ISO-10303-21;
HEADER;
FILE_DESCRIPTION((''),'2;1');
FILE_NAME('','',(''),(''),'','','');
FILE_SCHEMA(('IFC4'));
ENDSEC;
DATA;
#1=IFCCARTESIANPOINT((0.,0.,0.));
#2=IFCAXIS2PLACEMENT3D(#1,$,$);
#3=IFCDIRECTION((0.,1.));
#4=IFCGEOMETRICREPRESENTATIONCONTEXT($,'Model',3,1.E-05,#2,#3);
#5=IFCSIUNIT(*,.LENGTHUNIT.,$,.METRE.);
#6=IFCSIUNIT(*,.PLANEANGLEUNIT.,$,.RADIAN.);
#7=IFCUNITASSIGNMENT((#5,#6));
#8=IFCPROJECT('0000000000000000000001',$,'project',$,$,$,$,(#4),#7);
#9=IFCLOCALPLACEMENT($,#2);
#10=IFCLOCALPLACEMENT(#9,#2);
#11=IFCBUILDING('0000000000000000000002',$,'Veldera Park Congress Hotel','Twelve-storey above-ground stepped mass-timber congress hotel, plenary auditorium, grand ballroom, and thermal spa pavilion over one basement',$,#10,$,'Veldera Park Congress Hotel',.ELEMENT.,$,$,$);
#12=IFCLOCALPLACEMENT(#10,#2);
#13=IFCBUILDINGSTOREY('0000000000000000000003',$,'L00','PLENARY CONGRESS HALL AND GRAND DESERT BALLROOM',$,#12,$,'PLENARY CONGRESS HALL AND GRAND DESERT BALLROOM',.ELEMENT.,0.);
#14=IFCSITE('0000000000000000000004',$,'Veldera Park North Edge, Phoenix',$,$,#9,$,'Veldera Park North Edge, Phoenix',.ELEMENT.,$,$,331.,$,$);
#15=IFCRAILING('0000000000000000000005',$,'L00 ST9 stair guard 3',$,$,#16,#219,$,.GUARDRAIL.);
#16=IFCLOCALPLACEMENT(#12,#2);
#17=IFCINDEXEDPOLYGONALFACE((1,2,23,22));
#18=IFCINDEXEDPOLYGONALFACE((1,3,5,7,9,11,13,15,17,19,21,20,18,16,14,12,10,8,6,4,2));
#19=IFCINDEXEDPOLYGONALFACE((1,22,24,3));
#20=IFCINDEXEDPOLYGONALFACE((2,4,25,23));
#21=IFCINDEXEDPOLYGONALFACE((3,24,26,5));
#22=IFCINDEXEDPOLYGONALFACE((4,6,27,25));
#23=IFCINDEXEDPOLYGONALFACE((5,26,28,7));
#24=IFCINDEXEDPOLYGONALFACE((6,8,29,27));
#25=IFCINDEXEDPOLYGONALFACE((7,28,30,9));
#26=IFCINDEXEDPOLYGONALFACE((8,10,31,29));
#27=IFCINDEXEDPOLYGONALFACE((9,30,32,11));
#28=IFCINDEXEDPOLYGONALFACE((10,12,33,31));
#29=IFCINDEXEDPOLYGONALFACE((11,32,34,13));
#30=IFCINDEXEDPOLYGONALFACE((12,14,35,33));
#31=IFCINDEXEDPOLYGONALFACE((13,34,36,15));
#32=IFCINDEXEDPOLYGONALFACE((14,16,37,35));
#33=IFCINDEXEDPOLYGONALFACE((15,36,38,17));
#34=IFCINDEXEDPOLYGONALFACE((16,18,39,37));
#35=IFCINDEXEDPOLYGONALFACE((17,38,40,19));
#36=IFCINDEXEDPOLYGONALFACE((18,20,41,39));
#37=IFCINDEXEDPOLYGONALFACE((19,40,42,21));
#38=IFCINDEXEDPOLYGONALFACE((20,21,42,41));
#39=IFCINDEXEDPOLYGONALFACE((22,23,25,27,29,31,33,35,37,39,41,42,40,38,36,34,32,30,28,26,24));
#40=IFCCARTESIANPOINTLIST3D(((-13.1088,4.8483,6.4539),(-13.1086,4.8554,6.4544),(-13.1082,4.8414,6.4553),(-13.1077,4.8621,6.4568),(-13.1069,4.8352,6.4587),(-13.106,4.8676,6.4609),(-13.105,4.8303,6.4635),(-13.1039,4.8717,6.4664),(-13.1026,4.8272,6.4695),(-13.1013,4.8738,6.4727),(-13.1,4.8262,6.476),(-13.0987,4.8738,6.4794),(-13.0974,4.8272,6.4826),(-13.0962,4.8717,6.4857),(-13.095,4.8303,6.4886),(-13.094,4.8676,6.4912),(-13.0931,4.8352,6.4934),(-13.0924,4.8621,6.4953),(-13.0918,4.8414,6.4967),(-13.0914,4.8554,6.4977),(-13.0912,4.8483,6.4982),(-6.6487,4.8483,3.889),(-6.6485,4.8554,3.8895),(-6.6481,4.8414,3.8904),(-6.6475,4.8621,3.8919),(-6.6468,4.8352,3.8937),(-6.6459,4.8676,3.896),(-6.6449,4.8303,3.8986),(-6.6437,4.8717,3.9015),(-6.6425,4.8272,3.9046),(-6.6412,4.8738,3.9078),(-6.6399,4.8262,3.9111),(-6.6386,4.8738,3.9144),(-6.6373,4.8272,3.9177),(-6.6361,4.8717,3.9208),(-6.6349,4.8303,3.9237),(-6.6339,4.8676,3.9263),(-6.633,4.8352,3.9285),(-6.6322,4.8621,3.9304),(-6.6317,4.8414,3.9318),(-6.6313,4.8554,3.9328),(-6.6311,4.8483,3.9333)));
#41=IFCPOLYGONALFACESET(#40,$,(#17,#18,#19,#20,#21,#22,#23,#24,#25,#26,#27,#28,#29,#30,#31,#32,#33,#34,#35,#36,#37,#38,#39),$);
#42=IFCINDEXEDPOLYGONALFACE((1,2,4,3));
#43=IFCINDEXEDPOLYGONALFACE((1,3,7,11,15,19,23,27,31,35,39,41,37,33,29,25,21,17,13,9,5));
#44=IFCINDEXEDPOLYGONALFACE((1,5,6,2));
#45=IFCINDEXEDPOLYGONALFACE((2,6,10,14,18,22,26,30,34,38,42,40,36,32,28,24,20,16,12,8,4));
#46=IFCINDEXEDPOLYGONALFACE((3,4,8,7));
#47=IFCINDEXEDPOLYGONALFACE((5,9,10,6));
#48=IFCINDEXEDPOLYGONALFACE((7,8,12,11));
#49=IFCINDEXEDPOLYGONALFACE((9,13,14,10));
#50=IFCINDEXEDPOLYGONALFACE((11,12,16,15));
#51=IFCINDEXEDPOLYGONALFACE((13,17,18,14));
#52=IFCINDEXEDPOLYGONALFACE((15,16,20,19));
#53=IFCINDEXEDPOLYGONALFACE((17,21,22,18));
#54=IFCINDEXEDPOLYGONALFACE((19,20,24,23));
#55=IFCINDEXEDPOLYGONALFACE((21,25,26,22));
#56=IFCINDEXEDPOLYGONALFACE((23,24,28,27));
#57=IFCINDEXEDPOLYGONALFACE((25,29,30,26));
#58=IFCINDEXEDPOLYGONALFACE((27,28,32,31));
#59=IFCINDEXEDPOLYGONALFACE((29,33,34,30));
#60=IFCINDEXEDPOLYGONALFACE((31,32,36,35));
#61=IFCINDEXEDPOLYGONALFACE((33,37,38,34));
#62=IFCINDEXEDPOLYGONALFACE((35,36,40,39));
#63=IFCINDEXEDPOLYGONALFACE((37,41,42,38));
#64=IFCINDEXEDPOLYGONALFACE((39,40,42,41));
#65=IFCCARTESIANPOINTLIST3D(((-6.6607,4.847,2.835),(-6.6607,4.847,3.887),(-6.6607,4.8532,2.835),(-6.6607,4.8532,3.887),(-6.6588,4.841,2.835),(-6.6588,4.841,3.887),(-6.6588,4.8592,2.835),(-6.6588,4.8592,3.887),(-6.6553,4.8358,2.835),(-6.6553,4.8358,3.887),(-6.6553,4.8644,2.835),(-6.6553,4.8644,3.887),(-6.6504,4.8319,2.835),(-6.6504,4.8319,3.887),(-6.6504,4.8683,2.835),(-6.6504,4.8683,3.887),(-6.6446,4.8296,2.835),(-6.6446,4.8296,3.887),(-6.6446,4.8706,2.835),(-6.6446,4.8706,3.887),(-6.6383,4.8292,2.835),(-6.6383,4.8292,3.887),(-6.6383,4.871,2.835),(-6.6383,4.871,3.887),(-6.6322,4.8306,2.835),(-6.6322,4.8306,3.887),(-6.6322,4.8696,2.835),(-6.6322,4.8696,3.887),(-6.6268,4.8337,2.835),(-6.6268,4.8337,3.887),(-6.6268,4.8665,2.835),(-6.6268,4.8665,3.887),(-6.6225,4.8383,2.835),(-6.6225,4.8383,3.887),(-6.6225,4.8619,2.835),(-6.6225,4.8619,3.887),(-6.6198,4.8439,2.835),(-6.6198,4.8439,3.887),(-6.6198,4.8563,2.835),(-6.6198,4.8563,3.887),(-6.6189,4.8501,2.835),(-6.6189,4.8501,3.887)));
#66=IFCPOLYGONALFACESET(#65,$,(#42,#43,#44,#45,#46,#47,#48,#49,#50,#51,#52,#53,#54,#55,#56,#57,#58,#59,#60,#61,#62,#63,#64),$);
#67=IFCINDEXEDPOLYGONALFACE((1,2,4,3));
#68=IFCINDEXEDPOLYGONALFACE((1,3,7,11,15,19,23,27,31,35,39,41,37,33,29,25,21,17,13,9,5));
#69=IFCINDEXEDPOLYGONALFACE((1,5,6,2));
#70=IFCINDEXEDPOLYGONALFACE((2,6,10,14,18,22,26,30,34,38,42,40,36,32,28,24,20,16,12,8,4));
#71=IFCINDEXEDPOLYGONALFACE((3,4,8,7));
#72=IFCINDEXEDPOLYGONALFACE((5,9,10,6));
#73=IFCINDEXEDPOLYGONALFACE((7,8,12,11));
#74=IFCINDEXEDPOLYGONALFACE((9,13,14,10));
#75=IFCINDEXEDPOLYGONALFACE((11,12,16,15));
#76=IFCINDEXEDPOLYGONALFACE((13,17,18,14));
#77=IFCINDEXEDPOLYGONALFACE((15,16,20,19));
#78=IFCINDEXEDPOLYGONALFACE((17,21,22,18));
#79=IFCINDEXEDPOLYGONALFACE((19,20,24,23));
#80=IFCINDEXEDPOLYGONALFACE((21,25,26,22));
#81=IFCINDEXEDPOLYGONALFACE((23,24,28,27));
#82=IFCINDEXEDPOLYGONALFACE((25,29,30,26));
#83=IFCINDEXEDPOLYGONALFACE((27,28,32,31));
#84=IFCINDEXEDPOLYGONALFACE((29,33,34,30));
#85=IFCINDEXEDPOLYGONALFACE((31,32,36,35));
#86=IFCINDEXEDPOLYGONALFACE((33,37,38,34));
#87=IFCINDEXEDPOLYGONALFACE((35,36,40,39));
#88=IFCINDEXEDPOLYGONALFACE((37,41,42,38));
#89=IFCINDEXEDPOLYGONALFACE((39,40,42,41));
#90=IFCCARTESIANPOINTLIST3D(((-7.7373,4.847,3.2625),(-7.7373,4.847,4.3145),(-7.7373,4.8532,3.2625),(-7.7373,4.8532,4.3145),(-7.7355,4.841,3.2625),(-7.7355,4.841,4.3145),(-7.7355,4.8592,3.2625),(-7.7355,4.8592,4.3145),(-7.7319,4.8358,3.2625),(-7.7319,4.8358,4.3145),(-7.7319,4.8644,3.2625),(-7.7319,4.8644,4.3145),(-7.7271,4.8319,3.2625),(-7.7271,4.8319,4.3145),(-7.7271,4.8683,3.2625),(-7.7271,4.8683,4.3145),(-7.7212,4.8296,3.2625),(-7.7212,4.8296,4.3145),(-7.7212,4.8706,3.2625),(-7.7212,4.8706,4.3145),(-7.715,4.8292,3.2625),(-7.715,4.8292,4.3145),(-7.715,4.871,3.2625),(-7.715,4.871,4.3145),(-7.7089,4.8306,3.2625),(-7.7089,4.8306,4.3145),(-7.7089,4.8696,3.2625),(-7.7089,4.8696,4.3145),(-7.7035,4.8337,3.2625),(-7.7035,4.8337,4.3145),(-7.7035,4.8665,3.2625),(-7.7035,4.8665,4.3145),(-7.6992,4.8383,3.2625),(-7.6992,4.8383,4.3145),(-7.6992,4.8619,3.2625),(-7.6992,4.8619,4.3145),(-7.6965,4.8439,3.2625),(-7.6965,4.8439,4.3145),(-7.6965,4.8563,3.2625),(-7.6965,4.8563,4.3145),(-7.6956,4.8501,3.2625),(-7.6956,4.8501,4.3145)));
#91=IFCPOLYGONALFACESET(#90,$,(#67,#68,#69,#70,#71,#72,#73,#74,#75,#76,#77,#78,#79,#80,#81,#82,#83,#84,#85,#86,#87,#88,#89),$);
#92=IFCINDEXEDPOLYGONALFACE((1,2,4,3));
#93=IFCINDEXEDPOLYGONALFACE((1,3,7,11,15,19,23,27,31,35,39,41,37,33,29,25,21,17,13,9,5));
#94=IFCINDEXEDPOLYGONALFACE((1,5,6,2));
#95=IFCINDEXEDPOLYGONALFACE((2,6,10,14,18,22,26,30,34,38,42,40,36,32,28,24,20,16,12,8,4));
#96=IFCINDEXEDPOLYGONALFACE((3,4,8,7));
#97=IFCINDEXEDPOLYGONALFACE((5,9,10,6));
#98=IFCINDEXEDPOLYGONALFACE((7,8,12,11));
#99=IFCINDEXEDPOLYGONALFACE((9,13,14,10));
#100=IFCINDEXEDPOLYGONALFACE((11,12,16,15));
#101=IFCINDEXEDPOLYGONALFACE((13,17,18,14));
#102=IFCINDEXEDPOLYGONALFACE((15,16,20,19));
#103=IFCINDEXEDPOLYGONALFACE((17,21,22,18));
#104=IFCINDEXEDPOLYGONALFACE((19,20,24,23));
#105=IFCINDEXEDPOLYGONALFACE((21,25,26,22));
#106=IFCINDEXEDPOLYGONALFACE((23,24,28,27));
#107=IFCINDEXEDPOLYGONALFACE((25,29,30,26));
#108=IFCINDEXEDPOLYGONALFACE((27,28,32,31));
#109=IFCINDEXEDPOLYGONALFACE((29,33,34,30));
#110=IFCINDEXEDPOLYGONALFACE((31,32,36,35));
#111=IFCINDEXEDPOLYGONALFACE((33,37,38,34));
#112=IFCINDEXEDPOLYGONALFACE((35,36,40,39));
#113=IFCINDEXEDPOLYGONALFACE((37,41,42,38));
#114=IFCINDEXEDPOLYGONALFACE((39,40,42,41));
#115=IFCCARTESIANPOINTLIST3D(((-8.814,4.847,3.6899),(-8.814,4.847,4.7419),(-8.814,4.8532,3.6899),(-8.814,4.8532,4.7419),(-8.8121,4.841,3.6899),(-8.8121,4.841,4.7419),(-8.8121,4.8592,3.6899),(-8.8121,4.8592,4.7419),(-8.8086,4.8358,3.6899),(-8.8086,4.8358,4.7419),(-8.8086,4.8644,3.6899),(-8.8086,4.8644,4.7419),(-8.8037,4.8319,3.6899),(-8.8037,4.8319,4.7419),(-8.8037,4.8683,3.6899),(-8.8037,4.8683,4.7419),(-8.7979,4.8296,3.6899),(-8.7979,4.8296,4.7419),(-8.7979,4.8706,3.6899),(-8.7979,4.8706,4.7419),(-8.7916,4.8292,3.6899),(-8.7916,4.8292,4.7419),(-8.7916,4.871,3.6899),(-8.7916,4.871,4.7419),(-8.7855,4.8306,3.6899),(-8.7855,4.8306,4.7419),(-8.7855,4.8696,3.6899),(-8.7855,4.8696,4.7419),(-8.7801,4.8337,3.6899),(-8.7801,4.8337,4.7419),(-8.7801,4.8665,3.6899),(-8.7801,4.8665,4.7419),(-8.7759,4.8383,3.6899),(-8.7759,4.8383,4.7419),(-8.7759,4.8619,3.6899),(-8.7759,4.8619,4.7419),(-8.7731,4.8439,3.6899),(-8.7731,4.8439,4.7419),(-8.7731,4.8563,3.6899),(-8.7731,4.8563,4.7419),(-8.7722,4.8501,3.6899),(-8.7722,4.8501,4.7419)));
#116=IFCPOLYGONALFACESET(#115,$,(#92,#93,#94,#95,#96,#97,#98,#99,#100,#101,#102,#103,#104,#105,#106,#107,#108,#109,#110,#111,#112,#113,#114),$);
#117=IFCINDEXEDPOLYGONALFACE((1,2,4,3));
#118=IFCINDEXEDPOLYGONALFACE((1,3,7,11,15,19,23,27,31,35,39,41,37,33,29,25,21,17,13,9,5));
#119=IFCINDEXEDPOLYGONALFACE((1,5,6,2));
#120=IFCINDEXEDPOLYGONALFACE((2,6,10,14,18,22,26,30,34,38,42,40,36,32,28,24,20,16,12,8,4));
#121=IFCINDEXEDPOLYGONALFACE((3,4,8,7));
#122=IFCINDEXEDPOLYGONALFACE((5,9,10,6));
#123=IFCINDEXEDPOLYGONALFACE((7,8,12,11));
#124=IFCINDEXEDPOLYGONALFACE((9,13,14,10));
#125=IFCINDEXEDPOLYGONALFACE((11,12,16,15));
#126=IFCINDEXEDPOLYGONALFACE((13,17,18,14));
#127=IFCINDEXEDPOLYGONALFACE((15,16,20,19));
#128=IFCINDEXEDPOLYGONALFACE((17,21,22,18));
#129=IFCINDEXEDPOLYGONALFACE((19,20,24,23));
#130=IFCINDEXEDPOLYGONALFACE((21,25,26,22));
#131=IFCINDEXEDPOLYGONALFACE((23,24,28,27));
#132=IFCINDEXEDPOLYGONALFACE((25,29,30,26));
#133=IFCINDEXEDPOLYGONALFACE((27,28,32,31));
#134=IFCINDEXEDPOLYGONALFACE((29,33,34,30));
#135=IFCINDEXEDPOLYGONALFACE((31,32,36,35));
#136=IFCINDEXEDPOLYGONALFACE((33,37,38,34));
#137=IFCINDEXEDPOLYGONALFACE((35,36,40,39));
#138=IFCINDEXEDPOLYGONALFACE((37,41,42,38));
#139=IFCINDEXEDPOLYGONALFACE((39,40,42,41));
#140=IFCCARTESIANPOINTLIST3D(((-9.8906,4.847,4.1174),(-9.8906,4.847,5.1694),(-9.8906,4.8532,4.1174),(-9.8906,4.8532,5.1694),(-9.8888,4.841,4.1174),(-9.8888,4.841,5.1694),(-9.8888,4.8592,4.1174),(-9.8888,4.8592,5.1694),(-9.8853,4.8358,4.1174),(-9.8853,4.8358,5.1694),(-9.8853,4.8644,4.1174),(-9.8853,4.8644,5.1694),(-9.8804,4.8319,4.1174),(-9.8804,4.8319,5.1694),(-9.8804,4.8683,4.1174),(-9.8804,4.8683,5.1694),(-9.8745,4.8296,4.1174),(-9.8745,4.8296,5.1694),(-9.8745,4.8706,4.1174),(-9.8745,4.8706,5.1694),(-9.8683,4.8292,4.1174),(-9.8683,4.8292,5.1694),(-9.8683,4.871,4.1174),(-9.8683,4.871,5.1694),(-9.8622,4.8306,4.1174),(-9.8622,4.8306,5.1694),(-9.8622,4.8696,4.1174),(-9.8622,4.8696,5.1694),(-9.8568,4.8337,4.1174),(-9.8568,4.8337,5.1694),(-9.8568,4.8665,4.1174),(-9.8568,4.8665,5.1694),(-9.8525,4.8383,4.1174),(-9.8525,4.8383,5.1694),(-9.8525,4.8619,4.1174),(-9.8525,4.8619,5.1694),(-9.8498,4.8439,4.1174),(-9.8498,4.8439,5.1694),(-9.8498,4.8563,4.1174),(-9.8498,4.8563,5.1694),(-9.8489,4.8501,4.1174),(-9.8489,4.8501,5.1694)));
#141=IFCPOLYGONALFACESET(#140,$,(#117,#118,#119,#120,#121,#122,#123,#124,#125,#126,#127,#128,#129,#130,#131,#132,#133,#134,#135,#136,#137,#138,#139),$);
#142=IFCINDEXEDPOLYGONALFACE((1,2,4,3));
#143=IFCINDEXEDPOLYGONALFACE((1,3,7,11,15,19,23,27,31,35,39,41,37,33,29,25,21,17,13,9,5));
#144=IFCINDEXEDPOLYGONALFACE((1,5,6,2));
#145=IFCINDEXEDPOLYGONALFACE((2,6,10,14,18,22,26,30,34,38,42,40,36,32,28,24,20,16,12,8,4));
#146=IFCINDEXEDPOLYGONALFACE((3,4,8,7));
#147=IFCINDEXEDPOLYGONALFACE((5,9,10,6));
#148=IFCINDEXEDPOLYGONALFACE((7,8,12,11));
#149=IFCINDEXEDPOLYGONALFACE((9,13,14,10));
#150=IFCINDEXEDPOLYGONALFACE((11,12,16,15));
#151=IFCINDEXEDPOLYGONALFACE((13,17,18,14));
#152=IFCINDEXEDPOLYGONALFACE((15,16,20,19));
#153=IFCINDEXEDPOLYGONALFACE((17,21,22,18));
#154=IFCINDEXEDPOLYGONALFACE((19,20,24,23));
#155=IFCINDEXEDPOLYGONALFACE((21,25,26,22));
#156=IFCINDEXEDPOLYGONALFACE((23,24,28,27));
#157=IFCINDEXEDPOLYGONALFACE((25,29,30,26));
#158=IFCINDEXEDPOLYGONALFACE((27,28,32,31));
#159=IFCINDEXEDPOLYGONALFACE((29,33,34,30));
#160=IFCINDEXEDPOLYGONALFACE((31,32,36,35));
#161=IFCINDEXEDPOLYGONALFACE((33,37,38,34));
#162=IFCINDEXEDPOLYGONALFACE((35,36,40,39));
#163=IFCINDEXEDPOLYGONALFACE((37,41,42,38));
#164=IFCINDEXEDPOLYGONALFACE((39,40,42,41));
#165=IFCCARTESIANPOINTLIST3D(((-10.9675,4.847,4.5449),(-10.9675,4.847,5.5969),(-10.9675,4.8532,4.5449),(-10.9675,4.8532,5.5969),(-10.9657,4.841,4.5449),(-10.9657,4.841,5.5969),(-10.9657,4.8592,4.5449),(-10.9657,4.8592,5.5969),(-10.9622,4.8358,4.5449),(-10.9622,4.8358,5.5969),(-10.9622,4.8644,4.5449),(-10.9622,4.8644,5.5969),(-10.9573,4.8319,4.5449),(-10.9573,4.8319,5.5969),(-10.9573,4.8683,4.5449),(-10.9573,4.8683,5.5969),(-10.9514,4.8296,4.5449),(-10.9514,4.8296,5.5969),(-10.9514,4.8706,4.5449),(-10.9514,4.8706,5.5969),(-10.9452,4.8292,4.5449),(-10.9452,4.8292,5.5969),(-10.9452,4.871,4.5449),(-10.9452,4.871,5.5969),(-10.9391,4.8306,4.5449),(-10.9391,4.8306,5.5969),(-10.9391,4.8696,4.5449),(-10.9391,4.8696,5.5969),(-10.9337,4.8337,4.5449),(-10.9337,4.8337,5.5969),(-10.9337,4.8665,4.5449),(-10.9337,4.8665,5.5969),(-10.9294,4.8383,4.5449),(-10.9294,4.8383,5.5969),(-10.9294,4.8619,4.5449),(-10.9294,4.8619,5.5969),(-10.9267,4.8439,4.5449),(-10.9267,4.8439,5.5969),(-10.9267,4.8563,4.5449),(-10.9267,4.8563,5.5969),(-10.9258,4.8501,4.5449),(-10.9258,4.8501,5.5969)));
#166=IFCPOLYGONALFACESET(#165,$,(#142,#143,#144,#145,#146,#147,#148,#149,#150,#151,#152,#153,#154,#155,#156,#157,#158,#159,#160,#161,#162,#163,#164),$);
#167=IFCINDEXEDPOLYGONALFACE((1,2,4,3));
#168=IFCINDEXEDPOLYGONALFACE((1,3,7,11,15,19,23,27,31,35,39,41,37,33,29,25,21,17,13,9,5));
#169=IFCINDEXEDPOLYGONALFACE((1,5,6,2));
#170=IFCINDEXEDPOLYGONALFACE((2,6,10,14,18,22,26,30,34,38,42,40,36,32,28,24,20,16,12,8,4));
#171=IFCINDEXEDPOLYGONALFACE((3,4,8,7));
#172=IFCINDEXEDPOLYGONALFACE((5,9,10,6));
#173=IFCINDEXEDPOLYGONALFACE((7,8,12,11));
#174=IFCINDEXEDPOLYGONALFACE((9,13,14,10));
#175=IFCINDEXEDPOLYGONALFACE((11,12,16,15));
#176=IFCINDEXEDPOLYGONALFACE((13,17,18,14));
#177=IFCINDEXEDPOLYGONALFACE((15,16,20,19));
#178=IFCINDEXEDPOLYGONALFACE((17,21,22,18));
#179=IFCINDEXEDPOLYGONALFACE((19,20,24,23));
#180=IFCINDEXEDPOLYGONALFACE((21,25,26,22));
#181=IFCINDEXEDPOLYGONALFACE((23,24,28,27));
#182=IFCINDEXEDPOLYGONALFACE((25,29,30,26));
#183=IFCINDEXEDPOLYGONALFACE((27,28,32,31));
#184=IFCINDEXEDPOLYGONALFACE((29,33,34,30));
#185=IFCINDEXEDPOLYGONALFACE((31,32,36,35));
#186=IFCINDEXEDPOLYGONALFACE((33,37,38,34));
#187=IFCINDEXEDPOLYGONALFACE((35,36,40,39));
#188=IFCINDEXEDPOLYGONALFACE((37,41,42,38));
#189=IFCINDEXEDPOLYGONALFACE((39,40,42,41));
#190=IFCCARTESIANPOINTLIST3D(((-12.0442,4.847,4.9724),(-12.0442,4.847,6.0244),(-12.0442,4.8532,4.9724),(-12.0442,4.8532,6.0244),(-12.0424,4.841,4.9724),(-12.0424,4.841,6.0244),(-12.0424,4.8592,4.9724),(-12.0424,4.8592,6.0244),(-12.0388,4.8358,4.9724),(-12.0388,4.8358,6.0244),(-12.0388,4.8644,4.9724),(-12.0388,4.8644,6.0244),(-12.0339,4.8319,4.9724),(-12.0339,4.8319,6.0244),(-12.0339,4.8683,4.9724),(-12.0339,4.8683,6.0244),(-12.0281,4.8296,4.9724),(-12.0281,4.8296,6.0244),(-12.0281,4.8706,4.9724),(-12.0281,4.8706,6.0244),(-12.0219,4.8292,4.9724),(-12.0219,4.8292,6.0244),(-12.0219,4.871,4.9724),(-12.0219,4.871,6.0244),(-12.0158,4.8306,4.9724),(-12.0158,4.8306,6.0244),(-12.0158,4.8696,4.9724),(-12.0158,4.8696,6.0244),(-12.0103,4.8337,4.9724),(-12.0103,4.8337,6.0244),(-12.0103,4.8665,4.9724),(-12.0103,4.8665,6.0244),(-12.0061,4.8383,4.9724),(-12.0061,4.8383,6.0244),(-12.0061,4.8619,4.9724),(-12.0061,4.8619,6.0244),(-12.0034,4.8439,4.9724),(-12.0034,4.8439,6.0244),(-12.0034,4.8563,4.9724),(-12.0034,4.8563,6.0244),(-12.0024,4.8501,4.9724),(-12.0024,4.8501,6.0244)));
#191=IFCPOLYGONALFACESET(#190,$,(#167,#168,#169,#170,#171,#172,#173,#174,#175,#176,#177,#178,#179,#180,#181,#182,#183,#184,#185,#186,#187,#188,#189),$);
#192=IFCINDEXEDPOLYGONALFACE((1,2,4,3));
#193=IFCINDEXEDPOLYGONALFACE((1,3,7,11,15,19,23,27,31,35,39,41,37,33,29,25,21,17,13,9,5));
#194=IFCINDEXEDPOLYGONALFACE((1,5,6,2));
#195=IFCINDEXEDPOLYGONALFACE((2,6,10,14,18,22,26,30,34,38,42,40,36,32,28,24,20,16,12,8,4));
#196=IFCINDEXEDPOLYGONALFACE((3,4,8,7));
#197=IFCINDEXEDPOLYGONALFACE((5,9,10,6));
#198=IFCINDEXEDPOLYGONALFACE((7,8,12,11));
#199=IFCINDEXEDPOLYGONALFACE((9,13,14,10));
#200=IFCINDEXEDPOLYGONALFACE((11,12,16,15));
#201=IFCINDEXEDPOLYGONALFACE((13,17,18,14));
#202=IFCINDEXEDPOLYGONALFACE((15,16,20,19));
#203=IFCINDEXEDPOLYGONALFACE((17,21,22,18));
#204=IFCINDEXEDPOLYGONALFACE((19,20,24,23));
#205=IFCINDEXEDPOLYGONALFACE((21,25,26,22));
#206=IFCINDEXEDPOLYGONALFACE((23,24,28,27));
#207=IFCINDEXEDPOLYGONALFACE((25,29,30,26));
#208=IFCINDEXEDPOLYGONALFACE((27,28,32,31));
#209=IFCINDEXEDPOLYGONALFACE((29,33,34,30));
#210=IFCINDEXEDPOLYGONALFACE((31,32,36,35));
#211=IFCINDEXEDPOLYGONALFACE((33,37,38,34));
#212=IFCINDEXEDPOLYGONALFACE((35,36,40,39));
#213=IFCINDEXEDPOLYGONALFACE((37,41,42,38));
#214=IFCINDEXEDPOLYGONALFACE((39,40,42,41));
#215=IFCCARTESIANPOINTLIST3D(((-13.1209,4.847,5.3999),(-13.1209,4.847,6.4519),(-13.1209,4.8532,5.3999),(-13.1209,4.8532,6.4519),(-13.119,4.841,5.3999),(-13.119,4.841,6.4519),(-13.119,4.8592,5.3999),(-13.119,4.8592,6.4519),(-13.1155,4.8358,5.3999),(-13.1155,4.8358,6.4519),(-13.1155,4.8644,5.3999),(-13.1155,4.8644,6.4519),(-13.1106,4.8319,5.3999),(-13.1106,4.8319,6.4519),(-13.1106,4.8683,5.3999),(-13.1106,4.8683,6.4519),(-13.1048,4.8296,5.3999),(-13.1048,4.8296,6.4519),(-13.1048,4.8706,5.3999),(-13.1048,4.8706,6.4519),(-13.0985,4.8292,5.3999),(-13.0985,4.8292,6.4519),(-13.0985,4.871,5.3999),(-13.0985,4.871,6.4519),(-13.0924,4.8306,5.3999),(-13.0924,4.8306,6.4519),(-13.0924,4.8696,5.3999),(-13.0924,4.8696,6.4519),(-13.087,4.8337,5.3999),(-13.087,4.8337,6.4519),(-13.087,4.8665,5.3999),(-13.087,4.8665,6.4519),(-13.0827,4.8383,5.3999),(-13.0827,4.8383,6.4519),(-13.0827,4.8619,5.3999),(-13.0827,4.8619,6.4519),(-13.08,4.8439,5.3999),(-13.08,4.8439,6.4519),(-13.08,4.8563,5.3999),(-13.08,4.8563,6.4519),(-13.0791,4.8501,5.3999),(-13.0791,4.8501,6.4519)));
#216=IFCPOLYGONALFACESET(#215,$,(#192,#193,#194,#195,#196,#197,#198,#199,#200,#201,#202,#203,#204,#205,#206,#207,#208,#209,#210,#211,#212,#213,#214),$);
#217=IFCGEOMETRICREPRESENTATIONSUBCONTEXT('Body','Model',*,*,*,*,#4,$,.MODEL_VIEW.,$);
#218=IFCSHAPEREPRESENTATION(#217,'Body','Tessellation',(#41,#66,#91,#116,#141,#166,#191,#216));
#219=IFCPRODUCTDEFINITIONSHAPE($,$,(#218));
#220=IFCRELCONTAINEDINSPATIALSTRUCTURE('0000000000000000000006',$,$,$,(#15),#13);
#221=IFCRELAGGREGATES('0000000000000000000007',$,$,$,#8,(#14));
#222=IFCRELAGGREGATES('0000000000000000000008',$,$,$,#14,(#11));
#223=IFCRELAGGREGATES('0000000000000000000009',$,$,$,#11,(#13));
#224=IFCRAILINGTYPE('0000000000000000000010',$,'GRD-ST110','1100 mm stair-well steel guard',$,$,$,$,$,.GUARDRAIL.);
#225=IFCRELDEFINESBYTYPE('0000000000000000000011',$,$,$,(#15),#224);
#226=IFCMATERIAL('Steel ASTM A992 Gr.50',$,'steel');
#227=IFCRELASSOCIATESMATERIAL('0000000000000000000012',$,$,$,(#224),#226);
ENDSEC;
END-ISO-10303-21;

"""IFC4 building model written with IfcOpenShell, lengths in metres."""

from ifc_helpers import new_model, si_unit, direction, frame, origin, origin_2d, place, context, subcontext, project, spatial, circle, extrude, material, type_object, element, save


model = new_model("IFC4")

# Units and contexts
model_context = context("Model", 3, precision=1e-05, world=origin(), true_north=direction((0.0, 1.0)))
body_context = subcontext(model_context, "Body", "Model", "MODEL_VIEW")
ifc_project = project(units=[si_unit("LENGTHUNIT", "METRE"), si_unit("PLANEANGLEUNIT", "RADIAN")], contexts=[model_context])

# Site, building, storey
site_placement = place(None, origin())
site = spatial("IfcSite", under=ifc_project, at=site_placement, Name="Veldera Park North Edge, Phoenix", LongName="Veldera Park North Edge, Phoenix", CompositionType="ELEMENT", RefElevation=331.0)
building_placement = place(site_placement, origin())
building = spatial("IfcBuilding", under=site, at=building_placement, Name="Veldera Park Congress Hotel", Description="Twelve-storey above-ground stepped mass-timber congress hotel, plenary auditorium, grand ballroom, and thermal spa pavilion over one basement", LongName="Veldera Park Congress Hotel", CompositionType="ELEMENT")
storey_placement = place(building_placement, origin())
storey = spatial("IfcBuildingStorey", under=building, at=storey_placement, Name="L00", Description="PLENARY CONGRESS HALL AND GRAND DESERT BALLROOM", LongName="PLENARY CONGRESS HALL AND GRAND DESERT BALLROOM", CompositionType="ELEMENT", Elevation=0.0)

# Shared definitions
ifc_material_1 = material(Name="Steel ASTM A992 Gr.50", Category="steel")

# Railing
railing_type_1 = type_object("IfcRailingType", Name="GRD-ST110", Description="1100 mm stair-well steel guard", PredefinedType="GUARDRAIL", material=ifc_material_1)
railing_1_placement = place(storey_placement, frame((-6.6399, 4.8501, 2.835)))
element("IfcRailing", 1, at=railing_1_placement, inside=storey, type_object=railing_type_1, Name="L00 ST9 stair guard 3", PredefinedType="GUARDRAIL", context=body_context, shape_type="SweptSolid", body=[
    extrude(circle(Radius=0.0239, at=origin_2d()), frame((0.0, 0.0, 1.0762), z_axis=(-0.929423, 0.0, 0.369016), x_axis=(0.0, -1.0, 0.0)), (0.0, 0.0, 1.0), 6.9507),
    extrude(circle(Radius=0.021, at=origin_2d()), origin(), (0.0, 0.0, 1.0), 1.052),
    extrude(circle(Radius=0.021, at=origin_2d()), frame((-1.0767, 0.0, 0.4275)), (0.0, 0.0, 1.0), 1.052),
    extrude(circle(Radius=0.021, at=origin_2d()), frame((-2.1533, 0.0, 0.855)), (0.0, 0.0, 1.0), 1.052),
    extrude(circle(Radius=0.021, at=origin_2d()), frame((-3.23, 0.0, 1.2825)), (0.0, 0.0, 1.0), 1.052),
    extrude(circle(Radius=0.021, at=origin_2d()), frame((-4.3069, 0.0, 1.71)), (0.0, 0.0, 1.0), 1.052),
    extrude(circle(Radius=0.021, at=origin_2d()), frame((-5.3835, 0.0, 2.1375)), (0.0, 0.0, 1.0), 1.052),
    extrude(circle(Radius=0.021, at=origin_2d()), frame((-6.4602, 0.0, 2.5649)), (0.0, 0.0, 1.0), 1.052),
])

save(model, "model.ifc")
